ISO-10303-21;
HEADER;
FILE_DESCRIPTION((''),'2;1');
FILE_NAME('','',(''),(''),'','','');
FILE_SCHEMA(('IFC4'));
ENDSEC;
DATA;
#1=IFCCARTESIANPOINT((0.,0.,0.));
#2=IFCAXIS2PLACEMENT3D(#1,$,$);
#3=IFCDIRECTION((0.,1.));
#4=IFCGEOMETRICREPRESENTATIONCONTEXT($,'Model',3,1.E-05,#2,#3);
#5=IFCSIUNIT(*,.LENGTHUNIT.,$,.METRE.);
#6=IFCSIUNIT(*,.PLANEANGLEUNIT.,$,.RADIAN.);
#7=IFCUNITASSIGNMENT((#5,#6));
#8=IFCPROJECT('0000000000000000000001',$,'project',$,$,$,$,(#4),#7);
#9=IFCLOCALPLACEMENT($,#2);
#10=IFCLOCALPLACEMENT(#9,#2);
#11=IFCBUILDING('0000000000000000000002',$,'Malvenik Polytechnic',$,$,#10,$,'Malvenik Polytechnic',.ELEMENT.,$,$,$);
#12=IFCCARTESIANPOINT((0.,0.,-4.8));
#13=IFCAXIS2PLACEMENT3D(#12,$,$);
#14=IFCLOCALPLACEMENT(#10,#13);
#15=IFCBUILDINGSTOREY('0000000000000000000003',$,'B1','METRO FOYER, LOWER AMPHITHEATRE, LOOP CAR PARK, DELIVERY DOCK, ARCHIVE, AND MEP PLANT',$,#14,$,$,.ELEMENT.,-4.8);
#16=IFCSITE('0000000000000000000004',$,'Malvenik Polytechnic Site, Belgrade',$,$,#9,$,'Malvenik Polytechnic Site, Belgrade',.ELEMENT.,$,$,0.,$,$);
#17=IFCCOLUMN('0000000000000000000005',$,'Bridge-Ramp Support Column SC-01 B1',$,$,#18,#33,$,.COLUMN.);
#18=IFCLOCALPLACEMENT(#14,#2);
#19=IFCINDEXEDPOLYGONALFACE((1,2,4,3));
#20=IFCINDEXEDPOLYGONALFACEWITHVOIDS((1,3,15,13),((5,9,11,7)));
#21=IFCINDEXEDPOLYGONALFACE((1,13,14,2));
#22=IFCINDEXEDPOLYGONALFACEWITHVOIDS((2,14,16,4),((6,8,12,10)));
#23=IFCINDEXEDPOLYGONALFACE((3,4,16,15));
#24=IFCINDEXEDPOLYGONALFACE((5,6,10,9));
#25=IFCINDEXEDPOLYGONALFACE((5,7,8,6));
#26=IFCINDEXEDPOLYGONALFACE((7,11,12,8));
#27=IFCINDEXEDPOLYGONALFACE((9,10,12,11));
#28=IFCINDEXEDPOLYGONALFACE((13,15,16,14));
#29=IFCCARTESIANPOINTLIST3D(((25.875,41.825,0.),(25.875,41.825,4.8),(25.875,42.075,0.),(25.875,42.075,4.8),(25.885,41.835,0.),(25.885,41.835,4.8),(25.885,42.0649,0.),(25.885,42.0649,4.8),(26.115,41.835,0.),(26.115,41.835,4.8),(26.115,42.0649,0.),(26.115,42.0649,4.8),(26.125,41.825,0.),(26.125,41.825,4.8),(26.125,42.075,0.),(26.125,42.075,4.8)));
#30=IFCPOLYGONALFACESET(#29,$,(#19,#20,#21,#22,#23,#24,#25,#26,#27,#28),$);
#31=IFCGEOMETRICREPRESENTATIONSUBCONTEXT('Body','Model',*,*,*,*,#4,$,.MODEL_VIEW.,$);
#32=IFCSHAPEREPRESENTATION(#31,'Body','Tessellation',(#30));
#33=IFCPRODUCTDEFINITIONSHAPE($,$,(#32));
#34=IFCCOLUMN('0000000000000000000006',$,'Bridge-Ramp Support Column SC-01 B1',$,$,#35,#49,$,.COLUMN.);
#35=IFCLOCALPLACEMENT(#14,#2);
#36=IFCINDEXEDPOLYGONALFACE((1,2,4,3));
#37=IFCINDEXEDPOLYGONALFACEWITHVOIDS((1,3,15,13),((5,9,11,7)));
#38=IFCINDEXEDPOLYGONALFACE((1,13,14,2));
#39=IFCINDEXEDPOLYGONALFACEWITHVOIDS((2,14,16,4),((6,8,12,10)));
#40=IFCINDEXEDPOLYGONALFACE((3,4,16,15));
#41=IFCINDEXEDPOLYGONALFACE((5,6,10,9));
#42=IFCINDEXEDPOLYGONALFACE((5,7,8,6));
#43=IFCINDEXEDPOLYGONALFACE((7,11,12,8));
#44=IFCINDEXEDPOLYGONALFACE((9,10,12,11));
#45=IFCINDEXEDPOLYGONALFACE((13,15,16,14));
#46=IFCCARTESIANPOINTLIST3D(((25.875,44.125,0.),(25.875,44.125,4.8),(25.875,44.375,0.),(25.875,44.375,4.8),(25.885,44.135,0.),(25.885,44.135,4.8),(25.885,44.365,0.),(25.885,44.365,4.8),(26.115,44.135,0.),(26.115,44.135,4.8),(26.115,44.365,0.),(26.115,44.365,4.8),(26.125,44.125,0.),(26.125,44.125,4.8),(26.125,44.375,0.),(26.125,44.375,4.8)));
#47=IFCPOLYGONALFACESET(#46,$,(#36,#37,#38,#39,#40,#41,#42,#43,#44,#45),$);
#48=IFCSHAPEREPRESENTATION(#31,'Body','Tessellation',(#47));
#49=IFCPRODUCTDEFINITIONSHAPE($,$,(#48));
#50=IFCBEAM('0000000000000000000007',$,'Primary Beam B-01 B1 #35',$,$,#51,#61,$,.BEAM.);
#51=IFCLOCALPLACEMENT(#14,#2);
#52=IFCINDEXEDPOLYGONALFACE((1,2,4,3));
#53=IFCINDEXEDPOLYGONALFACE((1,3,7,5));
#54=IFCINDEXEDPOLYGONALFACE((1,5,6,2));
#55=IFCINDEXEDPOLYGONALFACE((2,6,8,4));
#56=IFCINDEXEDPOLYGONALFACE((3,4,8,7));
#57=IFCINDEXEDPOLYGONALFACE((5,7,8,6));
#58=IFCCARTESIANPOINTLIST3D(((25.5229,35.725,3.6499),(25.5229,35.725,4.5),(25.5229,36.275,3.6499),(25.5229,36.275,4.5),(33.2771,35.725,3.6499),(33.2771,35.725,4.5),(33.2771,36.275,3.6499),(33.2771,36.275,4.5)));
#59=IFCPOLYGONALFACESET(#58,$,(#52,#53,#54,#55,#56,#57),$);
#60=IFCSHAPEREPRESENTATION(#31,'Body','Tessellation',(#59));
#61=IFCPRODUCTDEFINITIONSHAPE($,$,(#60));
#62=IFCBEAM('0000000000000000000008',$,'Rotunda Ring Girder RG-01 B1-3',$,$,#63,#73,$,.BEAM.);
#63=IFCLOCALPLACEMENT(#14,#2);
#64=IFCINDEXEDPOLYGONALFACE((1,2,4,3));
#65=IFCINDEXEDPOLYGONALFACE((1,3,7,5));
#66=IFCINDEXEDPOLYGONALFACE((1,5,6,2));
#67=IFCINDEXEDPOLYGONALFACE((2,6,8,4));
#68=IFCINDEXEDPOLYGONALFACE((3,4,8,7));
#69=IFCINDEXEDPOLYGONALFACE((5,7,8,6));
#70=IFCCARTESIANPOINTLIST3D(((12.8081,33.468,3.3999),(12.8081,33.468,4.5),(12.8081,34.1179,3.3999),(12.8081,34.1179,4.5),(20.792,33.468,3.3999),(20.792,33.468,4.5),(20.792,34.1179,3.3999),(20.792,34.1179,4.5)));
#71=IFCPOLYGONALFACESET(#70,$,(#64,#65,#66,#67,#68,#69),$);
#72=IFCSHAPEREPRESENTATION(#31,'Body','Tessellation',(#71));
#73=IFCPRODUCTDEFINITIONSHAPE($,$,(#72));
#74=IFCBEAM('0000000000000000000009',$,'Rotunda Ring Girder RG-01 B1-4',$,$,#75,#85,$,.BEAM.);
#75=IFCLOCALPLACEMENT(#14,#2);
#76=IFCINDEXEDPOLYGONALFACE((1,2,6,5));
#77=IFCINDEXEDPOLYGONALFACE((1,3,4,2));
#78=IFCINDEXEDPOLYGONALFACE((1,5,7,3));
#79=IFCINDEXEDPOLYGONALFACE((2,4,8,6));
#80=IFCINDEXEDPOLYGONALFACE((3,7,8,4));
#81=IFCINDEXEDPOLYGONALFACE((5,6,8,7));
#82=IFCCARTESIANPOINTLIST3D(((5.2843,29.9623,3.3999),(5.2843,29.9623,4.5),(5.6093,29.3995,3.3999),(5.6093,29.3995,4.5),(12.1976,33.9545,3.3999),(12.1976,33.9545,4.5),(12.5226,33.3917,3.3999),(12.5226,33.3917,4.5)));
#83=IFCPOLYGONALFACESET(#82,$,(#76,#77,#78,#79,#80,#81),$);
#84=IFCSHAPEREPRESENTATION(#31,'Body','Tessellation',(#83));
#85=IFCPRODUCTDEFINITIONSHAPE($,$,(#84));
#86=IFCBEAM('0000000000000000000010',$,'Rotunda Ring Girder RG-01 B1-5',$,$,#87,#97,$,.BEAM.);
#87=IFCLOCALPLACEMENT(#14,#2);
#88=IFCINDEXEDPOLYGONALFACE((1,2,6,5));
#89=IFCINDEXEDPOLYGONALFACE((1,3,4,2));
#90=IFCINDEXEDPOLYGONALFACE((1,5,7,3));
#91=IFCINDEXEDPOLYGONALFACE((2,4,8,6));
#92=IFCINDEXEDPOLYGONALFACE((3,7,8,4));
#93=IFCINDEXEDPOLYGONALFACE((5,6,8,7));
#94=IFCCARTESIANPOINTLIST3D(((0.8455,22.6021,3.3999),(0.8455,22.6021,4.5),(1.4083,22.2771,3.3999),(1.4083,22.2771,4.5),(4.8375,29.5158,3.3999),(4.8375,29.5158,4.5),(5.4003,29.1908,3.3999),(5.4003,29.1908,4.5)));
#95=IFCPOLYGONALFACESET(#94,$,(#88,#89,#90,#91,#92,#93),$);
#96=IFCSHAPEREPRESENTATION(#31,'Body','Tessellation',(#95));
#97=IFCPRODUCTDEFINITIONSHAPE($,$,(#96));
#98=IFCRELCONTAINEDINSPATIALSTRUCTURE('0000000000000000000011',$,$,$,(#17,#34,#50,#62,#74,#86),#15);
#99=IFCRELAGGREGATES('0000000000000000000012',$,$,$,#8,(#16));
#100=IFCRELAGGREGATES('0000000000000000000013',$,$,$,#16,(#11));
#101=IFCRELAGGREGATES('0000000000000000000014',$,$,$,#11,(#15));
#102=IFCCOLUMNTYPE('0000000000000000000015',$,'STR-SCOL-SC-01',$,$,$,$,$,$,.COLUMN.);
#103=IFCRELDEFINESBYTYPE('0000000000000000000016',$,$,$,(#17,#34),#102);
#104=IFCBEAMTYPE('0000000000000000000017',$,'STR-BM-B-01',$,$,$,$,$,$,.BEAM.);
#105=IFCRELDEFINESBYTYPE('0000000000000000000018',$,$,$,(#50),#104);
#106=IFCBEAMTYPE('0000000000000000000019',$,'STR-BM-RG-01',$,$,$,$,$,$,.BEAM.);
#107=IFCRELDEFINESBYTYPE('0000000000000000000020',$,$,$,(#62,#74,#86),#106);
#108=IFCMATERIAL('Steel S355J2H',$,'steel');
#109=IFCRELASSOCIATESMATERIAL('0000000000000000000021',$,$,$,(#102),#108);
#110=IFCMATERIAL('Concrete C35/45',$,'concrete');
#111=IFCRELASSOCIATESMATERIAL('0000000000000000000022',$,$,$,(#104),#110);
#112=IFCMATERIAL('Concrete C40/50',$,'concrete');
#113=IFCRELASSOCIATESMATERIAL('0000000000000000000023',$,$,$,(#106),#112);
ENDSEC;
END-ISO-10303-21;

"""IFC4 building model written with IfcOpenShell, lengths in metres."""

from ifc_helpers import new_model, si_unit, direction, frame, origin, origin_2d, place, context, subcontext, project, spatial, rectangle, hollow_rectangle, extrude, material, material_profile, profile_set, type_object, element, save


model = new_model("IFC4")

# Units and contexts
model_context = context("Model", 3, precision=1e-05, world=origin(), true_north=direction((0.0, 1.0)))
body_context = subcontext(model_context, "Body", "Model", "MODEL_VIEW")
ifc_project = project(units=[si_unit("LENGTHUNIT", "METRE"), si_unit("PLANEANGLEUNIT", "RADIAN")], contexts=[model_context])

# Site, building, storey
site_placement = place(None, origin())
site = spatial("IfcSite", under=ifc_project, at=site_placement, Name="Malvenik Polytechnic Site, Belgrade", LongName="Malvenik Polytechnic Site, Belgrade", CompositionType="ELEMENT", RefElevation=0.0)
building_placement = place(site_placement, origin())
building = spatial("IfcBuilding", under=site, at=building_placement, Name="Malvenik Polytechnic", LongName="Malvenik Polytechnic", CompositionType="ELEMENT")
storey_placement = place(building_placement, frame((0.0, 0.0, -4.8)))
storey = spatial("IfcBuildingStorey", under=building, at=storey_placement, Name="B1", Description="METRO FOYER, LOWER AMPHITHEATRE, LOOP CAR PARK, DELIVERY DOCK, ARCHIVE, AND MEP PLANT", CompositionType="ELEMENT", Elevation=-4.8)

# Shared definitions
ifc_material_1 = material(Name="Concrete C35/45", Category="concrete")

# Columns
ifc_material_2 = material(Name="Concrete C40/50", Category="concrete")
ifc_material_3 = material(Name="Steel S355J2H", Category="steel")
ifc_material_profile_1 = material_profile(ifc_material_3, hollow_rectangle(XDim=0.25, YDim=0.25, WallThickness=0.01, at=origin_2d()), Name="SHS 250x250x10.0")
ifc_profile_set_1 = profile_set([ifc_material_profile_1], Name="Steel S355J2H")
column_type_1 = type_object("IfcColumnType", Name="STR-SCOL-SC-01", PredefinedType="COLUMN", material=ifc_profile_set_1)
for number, where, z_axis, x_axis, name in (
    (1, (26.0, 41.95, 0.0), (0.0, 0.0, 1.0), (1.0, 0.0, 0.0), "Bridge-Ramp Support Column SC-01 B1"),
    (2, (26.0, 44.25, 0.0), (0.0, 0.0, 1.0), (1.0, 0.0, 0.0), "Bridge-Ramp Support Column SC-01 B1"),
):
    element("IfcColumn", number, at=place(storey_placement, frame(where, z_axis=z_axis, x_axis=x_axis)), inside=storey, type_object=column_type_1, Name=name, PredefinedType="COLUMN", context=body_context, shape_type="SweptSolid", body=[
        extrude(hollow_rectangle(XDim=0.25, YDim=0.25, WallThickness=0.01, at=origin_2d()), origin(), (0.0, 0.0, 1.0), 4.8),
    ])

# Beams
ifc_material_profile_2 = material_profile(ifc_material_1, rectangle(XDim=0.55, YDim=0.8501, at=origin_2d()), Name="RC BM 550x850")
ifc_profile_set_2 = profile_set([ifc_material_profile_2], Name="Concrete C35/45")
beam_type_1 = type_object("IfcBeamType", Name="STR-BM-B-01", PredefinedType="BEAM", material=ifc_profile_set_2)
beam_1_placement = place(storey_placement, frame((25.5229, 36.0, 4.075), z_axis=(1.0, 0.0, 0.0), x_axis=(0.0, 1.0, 0.0)))
element("IfcBeam", 3, at=beam_1_placement, inside=storey, type_object=beam_type_1, Name="Primary Beam B-01 B1 #35", PredefinedType="BEAM", context=body_context, shape_type="SweptSolid", body=[
    extrude(rectangle(XDim=0.55, YDim=0.8501, at=origin_2d()), origin(), (0.0, 0.0, 1.0), 7.7542),
])
ifc_material_profile_3 = material_profile(ifc_material_2, rectangle(XDim=0.6499, YDim=1.1001, at=origin_2d()), Name="RC RG 650x1100")
ifc_profile_set_3 = profile_set([ifc_material_profile_3], Name="Concrete C40/50")
beam_type_2 = type_object("IfcBeamType", Name="STR-BM-RG-01", PredefinedType="BEAM", material=ifc_profile_set_3)
beam_2_placement = place(storey_placement, frame((20.792, 33.793, 3.95), z_axis=(-1.0, 0.0, 0.0), x_axis=(0.0, -1.0, 0.0)))
element("IfcBeam", 4, at=beam_2_placement, inside=storey, type_object=beam_type_2, Name="Rotunda Ring Girder RG-01 B1-3", PredefinedType="BEAM", context=body_context, shape_type="SweptSolid", body=[
    extrude(rectangle(XDim=0.6499, YDim=1.1001, at=origin_2d()), origin(), (0.0, 0.0, 1.0), 7.9839),
])
beam_3_placement = place(storey_placement, frame((12.3601, 33.6731, 3.95), z_axis=(-0.865983, -0.500073, 0.0), x_axis=(0.500073, -0.865983, 0.0)))
element("IfcBeam", 5, at=beam_3_placement, inside=storey, type_object=beam_type_2, Name="Rotunda Ring Girder RG-01 B1-4", PredefinedType="BEAM", context=body_context, shape_type="SweptSolid", body=[
    extrude(rectangle(XDim=0.6499, YDim=1.1001, at=origin_2d()), origin(), (0.0, 0.0, 1.0), 7.9832),
])
beam_4_placement = place(storey_placement, frame((5.1189, 29.3533, 3.95), z_axis=(-0.500037, -0.866004, 0.0), x_axis=(0.866004, -0.500037, 0.0)))
element("IfcBeam", 6, at=beam_4_placement, inside=storey, type_object=beam_type_2, Name="Rotunda Ring Girder RG-01 B1-5", PredefinedType="BEAM", context=body_context, shape_type="SweptSolid", body=[
    extrude(rectangle(XDim=0.6499, YDim=1.1001, at=origin_2d()), origin(), (0.0, 0.0, 1.0), 7.9834),
])

save(model, "model.ifc")
